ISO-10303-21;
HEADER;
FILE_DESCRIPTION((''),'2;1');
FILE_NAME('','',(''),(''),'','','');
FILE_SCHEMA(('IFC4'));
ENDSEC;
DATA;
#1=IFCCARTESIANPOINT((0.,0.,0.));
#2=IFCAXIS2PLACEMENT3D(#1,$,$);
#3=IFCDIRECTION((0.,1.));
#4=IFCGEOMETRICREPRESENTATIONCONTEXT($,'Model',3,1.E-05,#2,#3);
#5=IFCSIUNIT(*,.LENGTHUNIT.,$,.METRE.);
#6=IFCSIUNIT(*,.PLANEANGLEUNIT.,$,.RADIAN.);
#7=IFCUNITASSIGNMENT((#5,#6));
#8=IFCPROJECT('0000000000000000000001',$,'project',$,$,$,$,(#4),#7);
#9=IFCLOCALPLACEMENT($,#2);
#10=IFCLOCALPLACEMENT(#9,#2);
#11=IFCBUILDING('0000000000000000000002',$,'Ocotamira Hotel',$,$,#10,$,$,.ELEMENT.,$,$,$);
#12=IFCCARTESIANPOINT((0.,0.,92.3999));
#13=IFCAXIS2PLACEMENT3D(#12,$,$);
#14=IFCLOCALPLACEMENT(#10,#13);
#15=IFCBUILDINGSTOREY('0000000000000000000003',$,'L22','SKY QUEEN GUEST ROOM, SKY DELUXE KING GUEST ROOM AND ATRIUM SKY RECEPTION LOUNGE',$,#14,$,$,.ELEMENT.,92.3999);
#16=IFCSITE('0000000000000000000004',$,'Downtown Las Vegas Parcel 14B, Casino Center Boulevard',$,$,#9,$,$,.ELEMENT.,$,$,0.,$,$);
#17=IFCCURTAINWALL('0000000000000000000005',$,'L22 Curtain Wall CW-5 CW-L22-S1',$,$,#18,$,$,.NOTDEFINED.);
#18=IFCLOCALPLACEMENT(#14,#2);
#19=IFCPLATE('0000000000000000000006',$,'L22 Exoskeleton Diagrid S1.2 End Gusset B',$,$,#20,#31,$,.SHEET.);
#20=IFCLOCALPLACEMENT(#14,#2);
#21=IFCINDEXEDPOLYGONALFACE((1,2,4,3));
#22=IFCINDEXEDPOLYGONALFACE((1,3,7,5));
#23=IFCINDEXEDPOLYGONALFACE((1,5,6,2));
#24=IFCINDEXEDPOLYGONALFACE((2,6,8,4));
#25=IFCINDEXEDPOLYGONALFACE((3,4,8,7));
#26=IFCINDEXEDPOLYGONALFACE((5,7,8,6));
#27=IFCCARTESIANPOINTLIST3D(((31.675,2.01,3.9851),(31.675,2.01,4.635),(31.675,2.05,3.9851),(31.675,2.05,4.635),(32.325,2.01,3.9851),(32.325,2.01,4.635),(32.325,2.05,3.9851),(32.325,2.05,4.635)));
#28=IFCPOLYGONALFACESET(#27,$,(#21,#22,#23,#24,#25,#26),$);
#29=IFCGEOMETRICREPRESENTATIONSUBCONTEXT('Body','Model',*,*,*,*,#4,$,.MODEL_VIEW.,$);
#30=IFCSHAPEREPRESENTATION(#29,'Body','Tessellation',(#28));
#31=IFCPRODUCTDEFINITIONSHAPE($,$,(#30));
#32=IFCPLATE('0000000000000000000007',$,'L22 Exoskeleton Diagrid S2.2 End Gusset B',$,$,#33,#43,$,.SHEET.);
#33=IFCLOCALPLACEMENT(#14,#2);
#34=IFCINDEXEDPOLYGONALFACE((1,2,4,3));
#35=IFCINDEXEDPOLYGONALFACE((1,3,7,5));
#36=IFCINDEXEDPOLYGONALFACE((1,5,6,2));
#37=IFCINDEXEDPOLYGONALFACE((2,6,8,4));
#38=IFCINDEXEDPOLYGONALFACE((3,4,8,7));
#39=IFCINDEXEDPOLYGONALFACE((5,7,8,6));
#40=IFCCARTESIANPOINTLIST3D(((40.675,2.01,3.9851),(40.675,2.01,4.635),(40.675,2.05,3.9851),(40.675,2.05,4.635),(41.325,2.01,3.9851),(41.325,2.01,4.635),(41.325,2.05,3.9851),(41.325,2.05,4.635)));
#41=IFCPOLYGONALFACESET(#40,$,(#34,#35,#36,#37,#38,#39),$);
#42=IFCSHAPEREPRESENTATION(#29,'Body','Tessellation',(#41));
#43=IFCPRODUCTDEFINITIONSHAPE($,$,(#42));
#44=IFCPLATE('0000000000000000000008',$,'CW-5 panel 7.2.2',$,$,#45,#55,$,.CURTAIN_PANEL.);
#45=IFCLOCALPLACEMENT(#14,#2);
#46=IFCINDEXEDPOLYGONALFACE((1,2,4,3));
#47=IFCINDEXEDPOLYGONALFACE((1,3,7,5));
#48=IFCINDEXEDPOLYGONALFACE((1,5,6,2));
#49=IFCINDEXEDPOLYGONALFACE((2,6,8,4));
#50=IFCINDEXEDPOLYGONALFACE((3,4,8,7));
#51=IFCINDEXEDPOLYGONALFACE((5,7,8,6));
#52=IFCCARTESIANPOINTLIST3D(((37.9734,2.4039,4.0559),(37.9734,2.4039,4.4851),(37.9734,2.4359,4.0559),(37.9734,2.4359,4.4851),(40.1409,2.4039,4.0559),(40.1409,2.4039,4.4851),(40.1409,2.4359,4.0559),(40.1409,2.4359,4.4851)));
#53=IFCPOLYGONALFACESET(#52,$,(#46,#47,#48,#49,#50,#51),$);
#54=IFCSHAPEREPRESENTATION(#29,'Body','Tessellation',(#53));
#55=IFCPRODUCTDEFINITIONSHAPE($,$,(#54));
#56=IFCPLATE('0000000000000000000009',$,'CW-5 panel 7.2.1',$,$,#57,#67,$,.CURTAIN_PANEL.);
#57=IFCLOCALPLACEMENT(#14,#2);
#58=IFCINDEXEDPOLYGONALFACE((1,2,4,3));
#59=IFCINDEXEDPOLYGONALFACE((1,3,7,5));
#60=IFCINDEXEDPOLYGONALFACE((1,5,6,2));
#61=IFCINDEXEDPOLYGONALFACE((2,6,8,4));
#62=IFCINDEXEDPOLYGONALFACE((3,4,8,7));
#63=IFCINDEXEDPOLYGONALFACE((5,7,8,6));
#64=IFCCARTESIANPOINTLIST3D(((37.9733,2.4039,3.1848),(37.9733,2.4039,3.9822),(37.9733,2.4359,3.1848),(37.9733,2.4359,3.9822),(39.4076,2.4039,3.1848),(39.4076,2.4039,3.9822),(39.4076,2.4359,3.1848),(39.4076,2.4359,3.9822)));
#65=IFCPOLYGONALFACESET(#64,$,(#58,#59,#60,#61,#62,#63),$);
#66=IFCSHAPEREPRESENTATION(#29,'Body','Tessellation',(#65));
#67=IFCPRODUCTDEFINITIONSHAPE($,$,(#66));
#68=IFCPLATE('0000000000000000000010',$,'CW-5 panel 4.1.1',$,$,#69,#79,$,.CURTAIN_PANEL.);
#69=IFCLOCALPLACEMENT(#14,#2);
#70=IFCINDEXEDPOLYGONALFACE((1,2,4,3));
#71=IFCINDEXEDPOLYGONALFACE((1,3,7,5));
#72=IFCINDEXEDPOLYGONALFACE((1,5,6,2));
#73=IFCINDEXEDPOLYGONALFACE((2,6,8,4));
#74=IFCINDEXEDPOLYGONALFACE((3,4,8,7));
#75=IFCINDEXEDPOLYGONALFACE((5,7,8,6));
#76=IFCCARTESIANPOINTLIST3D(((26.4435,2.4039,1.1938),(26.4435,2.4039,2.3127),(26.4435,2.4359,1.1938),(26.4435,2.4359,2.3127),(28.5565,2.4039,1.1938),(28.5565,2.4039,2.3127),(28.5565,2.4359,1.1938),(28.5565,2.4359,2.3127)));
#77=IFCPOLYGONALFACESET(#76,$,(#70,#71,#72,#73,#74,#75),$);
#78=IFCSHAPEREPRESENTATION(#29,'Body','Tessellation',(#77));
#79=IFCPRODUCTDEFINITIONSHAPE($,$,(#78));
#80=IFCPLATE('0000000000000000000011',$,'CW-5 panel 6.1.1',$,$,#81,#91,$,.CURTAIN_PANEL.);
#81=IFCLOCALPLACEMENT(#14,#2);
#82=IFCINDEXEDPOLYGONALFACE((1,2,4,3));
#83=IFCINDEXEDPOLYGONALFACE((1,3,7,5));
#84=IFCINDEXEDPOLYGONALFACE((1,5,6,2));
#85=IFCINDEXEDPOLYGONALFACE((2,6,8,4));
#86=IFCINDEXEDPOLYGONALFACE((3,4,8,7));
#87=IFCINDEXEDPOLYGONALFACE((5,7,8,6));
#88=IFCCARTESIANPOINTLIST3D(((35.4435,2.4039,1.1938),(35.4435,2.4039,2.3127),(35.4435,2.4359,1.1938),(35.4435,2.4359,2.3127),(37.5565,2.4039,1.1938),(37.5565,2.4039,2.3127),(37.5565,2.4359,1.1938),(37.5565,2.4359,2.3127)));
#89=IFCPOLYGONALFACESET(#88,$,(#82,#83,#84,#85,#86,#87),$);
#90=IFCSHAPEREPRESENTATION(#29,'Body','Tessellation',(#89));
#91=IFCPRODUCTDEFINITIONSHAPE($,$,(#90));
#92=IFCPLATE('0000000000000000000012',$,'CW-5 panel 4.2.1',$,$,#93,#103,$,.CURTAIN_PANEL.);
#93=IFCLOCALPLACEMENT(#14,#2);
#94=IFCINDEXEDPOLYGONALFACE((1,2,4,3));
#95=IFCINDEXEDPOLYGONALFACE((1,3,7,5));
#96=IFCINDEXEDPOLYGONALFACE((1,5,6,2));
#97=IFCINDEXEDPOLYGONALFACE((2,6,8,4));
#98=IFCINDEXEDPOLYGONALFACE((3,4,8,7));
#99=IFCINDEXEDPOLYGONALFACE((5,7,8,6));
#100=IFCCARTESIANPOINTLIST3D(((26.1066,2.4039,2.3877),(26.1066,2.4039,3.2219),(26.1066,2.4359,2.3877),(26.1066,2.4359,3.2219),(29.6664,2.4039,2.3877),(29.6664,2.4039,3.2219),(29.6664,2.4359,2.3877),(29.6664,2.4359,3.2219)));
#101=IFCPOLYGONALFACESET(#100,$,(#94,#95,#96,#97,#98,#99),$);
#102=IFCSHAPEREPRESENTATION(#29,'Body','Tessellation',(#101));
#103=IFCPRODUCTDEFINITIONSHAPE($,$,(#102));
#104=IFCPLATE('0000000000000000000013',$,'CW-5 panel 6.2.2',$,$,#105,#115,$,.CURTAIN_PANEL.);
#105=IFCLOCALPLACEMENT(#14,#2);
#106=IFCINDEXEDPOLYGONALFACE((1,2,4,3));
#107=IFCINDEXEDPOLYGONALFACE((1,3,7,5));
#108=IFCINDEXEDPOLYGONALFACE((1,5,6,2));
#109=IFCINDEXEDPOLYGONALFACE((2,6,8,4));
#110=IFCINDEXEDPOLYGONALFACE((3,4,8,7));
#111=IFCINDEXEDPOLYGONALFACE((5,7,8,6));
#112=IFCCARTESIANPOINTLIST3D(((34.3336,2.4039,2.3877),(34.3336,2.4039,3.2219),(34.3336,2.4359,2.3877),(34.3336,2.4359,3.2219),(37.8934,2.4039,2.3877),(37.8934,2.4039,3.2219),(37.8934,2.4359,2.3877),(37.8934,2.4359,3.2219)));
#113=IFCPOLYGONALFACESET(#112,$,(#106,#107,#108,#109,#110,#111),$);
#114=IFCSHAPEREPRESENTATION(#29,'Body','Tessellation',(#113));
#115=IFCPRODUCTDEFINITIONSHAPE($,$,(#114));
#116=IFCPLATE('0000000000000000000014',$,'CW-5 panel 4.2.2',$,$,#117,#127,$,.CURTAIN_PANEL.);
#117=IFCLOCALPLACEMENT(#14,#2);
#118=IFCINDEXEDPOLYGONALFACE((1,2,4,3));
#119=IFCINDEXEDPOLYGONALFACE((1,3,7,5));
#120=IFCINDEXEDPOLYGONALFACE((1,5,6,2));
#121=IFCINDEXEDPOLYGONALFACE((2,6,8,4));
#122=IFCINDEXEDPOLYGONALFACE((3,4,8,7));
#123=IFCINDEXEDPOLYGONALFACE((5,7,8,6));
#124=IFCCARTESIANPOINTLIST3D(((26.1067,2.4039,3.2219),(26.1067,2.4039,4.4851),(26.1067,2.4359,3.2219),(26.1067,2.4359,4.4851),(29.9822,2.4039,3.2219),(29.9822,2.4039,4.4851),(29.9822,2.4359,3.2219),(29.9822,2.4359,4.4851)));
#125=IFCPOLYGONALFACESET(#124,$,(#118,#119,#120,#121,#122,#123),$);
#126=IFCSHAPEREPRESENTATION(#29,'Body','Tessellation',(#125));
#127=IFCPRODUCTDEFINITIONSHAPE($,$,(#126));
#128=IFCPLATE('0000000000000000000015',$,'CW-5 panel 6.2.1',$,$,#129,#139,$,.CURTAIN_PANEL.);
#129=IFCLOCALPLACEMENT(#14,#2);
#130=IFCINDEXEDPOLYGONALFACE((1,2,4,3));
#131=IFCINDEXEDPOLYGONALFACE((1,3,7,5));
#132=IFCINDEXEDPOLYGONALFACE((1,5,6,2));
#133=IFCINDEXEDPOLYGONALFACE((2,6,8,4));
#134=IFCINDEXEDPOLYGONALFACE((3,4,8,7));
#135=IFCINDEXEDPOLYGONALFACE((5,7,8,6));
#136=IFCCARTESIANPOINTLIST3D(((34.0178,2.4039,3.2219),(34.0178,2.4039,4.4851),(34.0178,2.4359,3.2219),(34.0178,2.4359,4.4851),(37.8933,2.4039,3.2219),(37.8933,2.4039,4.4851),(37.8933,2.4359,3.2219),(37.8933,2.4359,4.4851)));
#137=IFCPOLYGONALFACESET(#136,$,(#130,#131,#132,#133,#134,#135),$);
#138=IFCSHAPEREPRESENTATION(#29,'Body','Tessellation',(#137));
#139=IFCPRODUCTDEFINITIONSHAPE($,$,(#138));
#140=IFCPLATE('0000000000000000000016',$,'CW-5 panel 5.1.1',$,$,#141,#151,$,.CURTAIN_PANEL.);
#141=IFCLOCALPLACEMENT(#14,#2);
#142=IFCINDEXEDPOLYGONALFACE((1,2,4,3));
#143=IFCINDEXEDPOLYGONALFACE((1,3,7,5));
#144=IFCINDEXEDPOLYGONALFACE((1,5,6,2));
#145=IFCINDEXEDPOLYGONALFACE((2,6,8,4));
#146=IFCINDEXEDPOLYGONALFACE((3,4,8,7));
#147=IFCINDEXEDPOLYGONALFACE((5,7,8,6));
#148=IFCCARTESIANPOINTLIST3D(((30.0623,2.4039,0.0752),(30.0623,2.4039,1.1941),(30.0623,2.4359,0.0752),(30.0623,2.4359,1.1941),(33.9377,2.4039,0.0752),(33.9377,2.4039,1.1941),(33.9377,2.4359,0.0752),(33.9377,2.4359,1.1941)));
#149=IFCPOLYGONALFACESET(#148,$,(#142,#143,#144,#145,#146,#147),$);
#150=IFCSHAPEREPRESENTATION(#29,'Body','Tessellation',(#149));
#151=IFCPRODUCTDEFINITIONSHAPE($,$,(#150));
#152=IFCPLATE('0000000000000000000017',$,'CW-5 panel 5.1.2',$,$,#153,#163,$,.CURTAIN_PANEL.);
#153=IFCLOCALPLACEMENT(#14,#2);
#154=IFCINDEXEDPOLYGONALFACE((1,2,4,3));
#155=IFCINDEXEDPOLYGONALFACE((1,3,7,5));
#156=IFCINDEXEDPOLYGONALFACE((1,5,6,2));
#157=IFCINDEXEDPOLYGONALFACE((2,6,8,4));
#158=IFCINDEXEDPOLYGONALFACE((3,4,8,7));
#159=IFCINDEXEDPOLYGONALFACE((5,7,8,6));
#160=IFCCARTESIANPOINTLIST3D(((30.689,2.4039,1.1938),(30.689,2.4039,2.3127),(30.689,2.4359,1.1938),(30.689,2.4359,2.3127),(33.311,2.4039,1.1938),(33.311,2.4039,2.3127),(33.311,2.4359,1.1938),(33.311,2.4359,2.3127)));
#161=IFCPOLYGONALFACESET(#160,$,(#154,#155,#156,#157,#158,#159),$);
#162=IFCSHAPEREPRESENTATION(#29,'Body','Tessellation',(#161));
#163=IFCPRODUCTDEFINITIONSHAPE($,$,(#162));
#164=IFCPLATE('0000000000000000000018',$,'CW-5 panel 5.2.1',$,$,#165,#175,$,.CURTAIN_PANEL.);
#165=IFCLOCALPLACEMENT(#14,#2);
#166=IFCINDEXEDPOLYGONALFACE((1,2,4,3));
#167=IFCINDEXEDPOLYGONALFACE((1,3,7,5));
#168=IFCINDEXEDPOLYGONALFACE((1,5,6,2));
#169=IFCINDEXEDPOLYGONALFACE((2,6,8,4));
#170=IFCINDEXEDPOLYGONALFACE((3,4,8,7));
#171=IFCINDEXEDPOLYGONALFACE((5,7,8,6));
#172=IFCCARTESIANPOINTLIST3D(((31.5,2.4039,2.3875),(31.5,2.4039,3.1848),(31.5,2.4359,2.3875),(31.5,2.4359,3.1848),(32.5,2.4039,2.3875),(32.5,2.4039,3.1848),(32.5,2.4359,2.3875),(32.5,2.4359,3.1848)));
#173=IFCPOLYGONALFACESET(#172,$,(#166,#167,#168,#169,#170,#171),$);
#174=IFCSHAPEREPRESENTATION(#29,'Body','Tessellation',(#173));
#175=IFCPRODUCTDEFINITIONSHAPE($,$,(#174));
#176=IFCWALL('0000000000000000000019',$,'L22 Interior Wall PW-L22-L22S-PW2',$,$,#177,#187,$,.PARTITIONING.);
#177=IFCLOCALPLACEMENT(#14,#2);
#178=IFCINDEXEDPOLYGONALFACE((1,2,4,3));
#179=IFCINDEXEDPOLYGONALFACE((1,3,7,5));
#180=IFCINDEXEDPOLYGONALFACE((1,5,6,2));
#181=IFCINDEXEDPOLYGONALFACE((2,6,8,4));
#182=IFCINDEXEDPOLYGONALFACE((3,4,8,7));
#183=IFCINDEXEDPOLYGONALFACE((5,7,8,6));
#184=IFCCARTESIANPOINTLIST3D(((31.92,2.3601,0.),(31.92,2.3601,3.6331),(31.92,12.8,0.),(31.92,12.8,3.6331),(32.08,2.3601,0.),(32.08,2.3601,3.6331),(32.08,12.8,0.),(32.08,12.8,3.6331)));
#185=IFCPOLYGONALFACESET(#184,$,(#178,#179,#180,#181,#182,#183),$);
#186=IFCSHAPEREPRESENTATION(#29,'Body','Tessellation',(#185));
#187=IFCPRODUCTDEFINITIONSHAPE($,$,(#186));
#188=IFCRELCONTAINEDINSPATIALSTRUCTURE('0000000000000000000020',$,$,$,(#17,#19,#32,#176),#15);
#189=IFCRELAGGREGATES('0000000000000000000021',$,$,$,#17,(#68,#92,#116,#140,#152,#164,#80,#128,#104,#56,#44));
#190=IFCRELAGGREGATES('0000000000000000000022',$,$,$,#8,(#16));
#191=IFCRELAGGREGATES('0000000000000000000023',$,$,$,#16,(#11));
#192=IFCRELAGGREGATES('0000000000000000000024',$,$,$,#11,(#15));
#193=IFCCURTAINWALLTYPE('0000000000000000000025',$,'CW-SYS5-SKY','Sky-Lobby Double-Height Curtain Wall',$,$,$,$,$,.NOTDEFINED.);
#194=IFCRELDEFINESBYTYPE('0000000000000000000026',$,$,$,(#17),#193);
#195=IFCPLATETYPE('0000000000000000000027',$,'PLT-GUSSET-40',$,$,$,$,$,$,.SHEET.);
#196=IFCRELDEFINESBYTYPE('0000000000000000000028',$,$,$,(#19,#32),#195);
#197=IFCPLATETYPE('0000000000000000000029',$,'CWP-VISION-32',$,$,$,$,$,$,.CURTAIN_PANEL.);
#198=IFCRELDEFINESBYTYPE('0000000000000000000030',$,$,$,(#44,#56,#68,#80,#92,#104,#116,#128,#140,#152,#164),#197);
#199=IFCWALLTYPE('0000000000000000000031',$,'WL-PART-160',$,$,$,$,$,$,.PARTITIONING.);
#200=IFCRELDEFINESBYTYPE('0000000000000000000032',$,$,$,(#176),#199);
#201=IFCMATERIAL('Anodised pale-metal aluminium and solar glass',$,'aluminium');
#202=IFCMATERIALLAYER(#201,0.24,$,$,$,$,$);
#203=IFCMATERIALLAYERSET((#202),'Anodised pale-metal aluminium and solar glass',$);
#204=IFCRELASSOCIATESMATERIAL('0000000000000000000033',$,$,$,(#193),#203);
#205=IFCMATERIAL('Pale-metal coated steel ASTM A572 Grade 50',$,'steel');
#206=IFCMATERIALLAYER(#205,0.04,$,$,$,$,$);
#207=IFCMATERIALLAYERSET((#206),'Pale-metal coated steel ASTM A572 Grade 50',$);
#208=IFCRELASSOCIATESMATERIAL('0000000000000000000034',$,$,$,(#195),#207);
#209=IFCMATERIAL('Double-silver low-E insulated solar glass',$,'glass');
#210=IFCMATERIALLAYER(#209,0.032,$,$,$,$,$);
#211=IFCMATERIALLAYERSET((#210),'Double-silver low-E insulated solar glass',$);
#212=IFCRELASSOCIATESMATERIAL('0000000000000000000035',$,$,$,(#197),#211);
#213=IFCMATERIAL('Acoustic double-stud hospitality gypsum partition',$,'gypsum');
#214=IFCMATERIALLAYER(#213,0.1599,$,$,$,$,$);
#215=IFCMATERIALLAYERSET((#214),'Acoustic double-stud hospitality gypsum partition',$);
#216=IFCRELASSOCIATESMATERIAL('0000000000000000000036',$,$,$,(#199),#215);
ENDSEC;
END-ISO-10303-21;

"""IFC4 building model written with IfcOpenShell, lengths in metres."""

from ifc_helpers import new_model, si_unit, direction, frame, frame_2d, origin, origin_2d, place, context, subcontext, project, spatial, rectangle, extrude, source, transform, mapped, material, layer, layer_set, type_object, element, aggregate, save


model = new_model("IFC4")

# Units and contexts
model_context = context("Model", 3, precision=1e-05, world=origin(), true_north=direction((0.0, 1.0)))
body_context = subcontext(model_context, "Body", "Model", "MODEL_VIEW")
ifc_project = project(units=[si_unit("LENGTHUNIT", "METRE"), si_unit("PLANEANGLEUNIT", "RADIAN")], contexts=[model_context])

# Site, building, storey
site_placement = place(None, origin())
site = spatial("IfcSite", under=ifc_project, at=site_placement, Name="Downtown Las Vegas Parcel 14B, Casino Center Boulevard", CompositionType="ELEMENT", RefElevation=0.0)
building_placement = place(site_placement, origin())
building = spatial("IfcBuilding", under=site, at=building_placement, Name="Ocotamira Hotel", CompositionType="ELEMENT")
storey_placement = place(building_placement, frame((0.0, 0.0, 92.3999)))
storey = spatial("IfcBuildingStorey", under=building, at=storey_placement, Name="L22", Description="SKY QUEEN GUEST ROOM, SKY DELUXE KING GUEST ROOM AND ATRIUM SKY RECEPTION LOUNGE", CompositionType="ELEMENT", Elevation=92.3999)

# Curtain wall
ifc_material_1 = material(Name="Anodised pale-metal aluminium and solar glass", Category="aluminium")
ifc_layer_1 = layer(ifc_material_1, 0.24)
ifc_layer_set_1 = layer_set([ifc_layer_1], Name="Anodised pale-metal aluminium and solar glass")
curtain_wall_type = type_object("IfcCurtainWallType", Name="CW-SYS5-SKY", Description="Sky-Lobby Double-Height Curtain Wall", PredefinedType="NOTDEFINED", material=ifc_layer_set_1)
curtain_wall_placement = place(storey_placement, origin())
curtain_wall = element("IfcCurtainWall", 1, at=curtain_wall_placement, inside=storey, type_object=curtain_wall_type, Name="L22 Curtain Wall CW-5 CW-L22-S1", PredefinedType="NOTDEFINED")

# Plates
ifc_material_2 = material(Name="Pale-metal coated steel ASTM A572 Grade 50", Category="steel")
ifc_layer_2 = layer(ifc_material_2, 0.04)
ifc_layer_set_2 = layer_set([ifc_layer_2], Name="Pale-metal coated steel ASTM A572 Grade 50")
plate_type_1 = type_object("IfcPlateType", Name="PLT-GUSSET-40", PredefinedType="SHEET", material=ifc_layer_set_2)
shared_shape_1 = source(origin(), body_context, "Body", "SweptSolid", [
    extrude(rectangle(XDim=0.6499, YDim=0.04, at=origin_2d()), origin(), (0.0, 0.0, 1.0), 0.6499),
])
for number, where, z_axis, x_axis, name in (
    (2, (32.0, 2.03, 3.9851), (0.0, 0.0, 1.0), (1.0, 0.0, 0.0), "L22 Exoskeleton Diagrid S1.2 End Gusset B"),
    (3, (41.0, 2.03, 3.9851), (0.0, 0.0, 1.0), (1.0, 0.0, 0.0), "L22 Exoskeleton Diagrid S2.2 End Gusset B"),
):
    element("IfcPlate", number, at=place(storey_placement, frame(where, z_axis=z_axis, x_axis=x_axis)), inside=storey, type_object=plate_type_1, Name=name, PredefinedType="SHEET", context=body_context, shape_type="MappedRepresentation", body=[
        mapped(shared_shape_1, transform((0.0, 0.0, 0.0), scale=1.0)),
    ])

# Plates
ifc_material_3 = material(Name="Double-silver low-E insulated solar glass", Category="glass")
ifc_layer_3 = layer(ifc_material_3, 0.032)
ifc_layer_set_3 = layer_set([ifc_layer_3], Name="Double-silver low-E insulated solar glass")
plate_type_2 = type_object("IfcPlateType", Name="CWP-VISION-32", PredefinedType="CURTAIN_PANEL", material=ifc_layer_set_3)
shared_shape_2 = source(origin(), body_context, "Body", "SweptSolid", [
    extrude(rectangle(XDim=2.1675, YDim=0.032, at=origin_2d()), origin(), (0.0, 0.0, 1.0), 0.4292),
])
plate_1_placement = place(storey_placement, frame((39.0571, 2.4199, 4.0559), z_axis=(0.0, 0.0, 1.0), x_axis=(1.0, 0.0, 0.0)))
plate_1 = element("IfcPlate", 4, at=plate_1_placement, type_object=plate_type_2, Name="CW-5 panel 7.2.2", PredefinedType="CURTAIN_PANEL", context=body_context, shape_type="MappedRepresentation", body=[
    mapped(shared_shape_2, transform((0.0, 0.0, 0.0), scale=1.0)),
])
shared_shape_3 = source(origin(), body_context, "Body", "SweptSolid", [
    extrude(rectangle(XDim=1.4343, YDim=0.032, at=origin_2d()), origin(), (0.0, 0.0, 1.0), 0.7974),
])
plate_2_placement = place(storey_placement, frame((38.6904, 2.4199, 3.1848), z_axis=(0.0, 0.0, 1.0), x_axis=(1.0, 0.0, 0.0)))
plate_2 = element("IfcPlate", 5, at=plate_2_placement, type_object=plate_type_2, Name="CW-5 panel 7.2.1", PredefinedType="CURTAIN_PANEL", context=body_context, shape_type="MappedRepresentation", body=[
    mapped(shared_shape_3, transform((0.0, 0.0, 0.0), scale=1.0)),
])
shared_shape_4 = source(origin(), body_context, "Body", "SweptSolid", [
    extrude(rectangle(XDim=2.113, YDim=0.032, at=origin_2d()), origin(), (0.0, 0.0, 1.0), 1.1189),
])
plate_3_placement = place(storey_placement, frame((27.5, 2.4199, 1.1938), z_axis=(0.0, 0.0, 1.0), x_axis=(1.0, 0.0, 0.0)))
plate_3 = element("IfcPlate", 6, at=plate_3_placement, type_object=plate_type_2, Name="CW-5 panel 4.1.1", PredefinedType="CURTAIN_PANEL", context=body_context, shape_type="MappedRepresentation", body=[
    mapped(shared_shape_4, transform((0.0, 0.0, 0.0), scale=1.0)),
])
plate_4_placement = place(storey_placement, frame((36.5, 2.4199, 1.1938), z_axis=(0.0, 0.0, 1.0), x_axis=(1.0, 0.0, 0.0)))
plate_4 = element("IfcPlate", 7, at=plate_4_placement, type_object=plate_type_2, Name="CW-5 panel 6.1.1", PredefinedType="CURTAIN_PANEL", context=body_context, shape_type="MappedRepresentation", body=[
    mapped(shared_shape_4, transform((0.0, 0.0, 0.0), scale=1.0)),
])
shared_shape_5 = source(origin(), body_context, "Body", "SweptSolid", [
    extrude(rectangle(XDim=3.5598, YDim=0.032, at=origin_2d()), origin(), (0.0, 0.0, 1.0), 0.8342),
])
plate_5_placement = place(storey_placement, frame((27.8865, 2.4199, 2.3877), z_axis=(0.0, 0.0, 1.0), x_axis=(1.0, 0.0, 0.0)))
plate_5 = element("IfcPlate", 8, at=plate_5_placement, type_object=plate_type_2, Name="CW-5 panel 4.2.1", PredefinedType="CURTAIN_PANEL", context=body_context, shape_type="MappedRepresentation", body=[
    mapped(shared_shape_5, transform((0.0, 0.0, 0.0), scale=1.0)),
])
plate_6_placement = place(storey_placement, frame((36.1135, 2.4199, 2.3877), z_axis=(0.0, 0.0, 1.0), x_axis=(1.0, 0.0, 0.0)))
plate_6 = element("IfcPlate", 9, at=plate_6_placement, type_object=plate_type_2, Name="CW-5 panel 6.2.2", PredefinedType="CURTAIN_PANEL", context=body_context, shape_type="MappedRepresentation", body=[
    mapped(shared_shape_5, transform((0.0, 0.0, 0.0), scale=1.0)),
])
shared_shape_6 = source(origin(), body_context, "Body", "SweptSolid", [
    extrude(rectangle(XDim=3.8755, YDim=0.032, at=origin_2d()), origin(), (0.0, 0.0, 1.0), 1.2632),
])
plate_7_placement = place(storey_placement, frame((28.0444, 2.4199, 3.2219), z_axis=(0.0, 0.0, 1.0), x_axis=(1.0, 0.0, 0.0)))
plate_7 = element("IfcPlate", 10, at=plate_7_placement, type_object=plate_type_2, Name="CW-5 panel 4.2.2", PredefinedType="CURTAIN_PANEL", context=body_context, shape_type="MappedRepresentation", body=[
    mapped(shared_shape_6, transform((0.0, 0.0, 0.0), scale=1.0)),
])
plate_8_placement = place(storey_placement, frame((35.9556, 2.4199, 3.2219), z_axis=(0.0, 0.0, 1.0), x_axis=(1.0, 0.0, 0.0)))
plate_8 = element("IfcPlate", 11, at=plate_8_placement, type_object=plate_type_2, Name="CW-5 panel 6.2.1", PredefinedType="CURTAIN_PANEL", context=body_context, shape_type="MappedRepresentation", body=[
    mapped(shared_shape_6, transform((0.0, 0.0, 0.0), scale=1.0)),
])
shared_shape_7 = source(origin(), body_context, "Body", "SweptSolid", [
    extrude(rectangle(XDim=3.8755, YDim=0.032, at=origin_2d()), origin(), (0.0, 0.0, 1.0), 1.1189),
])
plate_9_placement = place(storey_placement, frame((32.0, 2.4199, 0.0752), z_axis=(0.0, 0.0, 1.0), x_axis=(1.0, 0.0, 0.0)))
plate_9 = element("IfcPlate", 12, at=plate_9_placement, type_object=plate_type_2, Name="CW-5 panel 5.1.1", PredefinedType="CURTAIN_PANEL", context=body_context, shape_type="MappedRepresentation", body=[
    mapped(shared_shape_7, transform((0.0, 0.0, 0.0), scale=1.0)),
])
shared_shape_8 = source(origin(), body_context, "Body", "SweptSolid", [
    extrude(rectangle(XDim=2.6221, YDim=0.032, at=origin_2d()), origin(), (0.0, 0.0, 1.0), 1.1189),
])
plate_10_placement = place(storey_placement, frame((32.0, 2.4199, 1.1938), z_axis=(0.0, 0.0, 1.0), x_axis=(1.0, 0.0, 0.0)))
plate_10 = element("IfcPlate", 13, at=plate_10_placement, type_object=plate_type_2, Name="CW-5 panel 5.1.2", PredefinedType="CURTAIN_PANEL", context=body_context, shape_type="MappedRepresentation", body=[
    mapped(shared_shape_8, transform((0.0, 0.0, 0.0), scale=1.0)),
])
shared_shape_9 = source(origin(), body_context, "Body", "SweptSolid", [
    extrude(rectangle(XDim=1.0, YDim=0.032, at=origin_2d()), origin(), (0.0, 0.0, 1.0), 0.7974),
])
plate_11_placement = place(storey_placement, frame((32.0, 2.4199, 2.3875), z_axis=(0.0, 0.0, 1.0), x_axis=(1.0, 0.0, 0.0)))
plate_11 = element("IfcPlate", 14, at=plate_11_placement, type_object=plate_type_2, Name="CW-5 panel 5.2.1", PredefinedType="CURTAIN_PANEL", context=body_context, shape_type="MappedRepresentation", body=[
    mapped(shared_shape_9, transform((0.0, 0.0, 0.0), scale=1.0)),
])
aggregate(curtain_wall, [plate_3, plate_5, plate_7, plate_9, plate_10, plate_11, plate_4, plate_8, plate_6, plate_2, plate_1])

# Wall
ifc_material_4 = material(Name="Acoustic double-stud hospitality gypsum partition", Category="gypsum")
ifc_layer_4 = layer(ifc_material_4, 0.1599)
ifc_layer_set_4 = layer_set([ifc_layer_4], Name="Acoustic double-stud hospitality gypsum partition")
wall_type_1 = type_object("IfcWallType", Name="WL-PART-160", PredefinedType="PARTITIONING", material=ifc_layer_set_4)
wall_1_placement = place(storey_placement, frame((32.0, 2.3601, 0.0), z_axis=(0.0, 0.0, 1.0), x_axis=(0.0, 1.0, 0.0)))
element("IfcWall", 15, at=wall_1_placement, inside=storey, type_object=wall_type_1, Name="L22 Interior Wall PW-L22-L22S-PW2", PredefinedType="PARTITIONING", context=body_context, shape_type="SweptSolid", body=[
    extrude(rectangle(XDim=10.4399, YDim=0.1599, at=frame_2d((5.22, 0.0))), origin(), (0.0, 0.0, 1.0), 3.6331),
])

save(model, "model.ifc")
